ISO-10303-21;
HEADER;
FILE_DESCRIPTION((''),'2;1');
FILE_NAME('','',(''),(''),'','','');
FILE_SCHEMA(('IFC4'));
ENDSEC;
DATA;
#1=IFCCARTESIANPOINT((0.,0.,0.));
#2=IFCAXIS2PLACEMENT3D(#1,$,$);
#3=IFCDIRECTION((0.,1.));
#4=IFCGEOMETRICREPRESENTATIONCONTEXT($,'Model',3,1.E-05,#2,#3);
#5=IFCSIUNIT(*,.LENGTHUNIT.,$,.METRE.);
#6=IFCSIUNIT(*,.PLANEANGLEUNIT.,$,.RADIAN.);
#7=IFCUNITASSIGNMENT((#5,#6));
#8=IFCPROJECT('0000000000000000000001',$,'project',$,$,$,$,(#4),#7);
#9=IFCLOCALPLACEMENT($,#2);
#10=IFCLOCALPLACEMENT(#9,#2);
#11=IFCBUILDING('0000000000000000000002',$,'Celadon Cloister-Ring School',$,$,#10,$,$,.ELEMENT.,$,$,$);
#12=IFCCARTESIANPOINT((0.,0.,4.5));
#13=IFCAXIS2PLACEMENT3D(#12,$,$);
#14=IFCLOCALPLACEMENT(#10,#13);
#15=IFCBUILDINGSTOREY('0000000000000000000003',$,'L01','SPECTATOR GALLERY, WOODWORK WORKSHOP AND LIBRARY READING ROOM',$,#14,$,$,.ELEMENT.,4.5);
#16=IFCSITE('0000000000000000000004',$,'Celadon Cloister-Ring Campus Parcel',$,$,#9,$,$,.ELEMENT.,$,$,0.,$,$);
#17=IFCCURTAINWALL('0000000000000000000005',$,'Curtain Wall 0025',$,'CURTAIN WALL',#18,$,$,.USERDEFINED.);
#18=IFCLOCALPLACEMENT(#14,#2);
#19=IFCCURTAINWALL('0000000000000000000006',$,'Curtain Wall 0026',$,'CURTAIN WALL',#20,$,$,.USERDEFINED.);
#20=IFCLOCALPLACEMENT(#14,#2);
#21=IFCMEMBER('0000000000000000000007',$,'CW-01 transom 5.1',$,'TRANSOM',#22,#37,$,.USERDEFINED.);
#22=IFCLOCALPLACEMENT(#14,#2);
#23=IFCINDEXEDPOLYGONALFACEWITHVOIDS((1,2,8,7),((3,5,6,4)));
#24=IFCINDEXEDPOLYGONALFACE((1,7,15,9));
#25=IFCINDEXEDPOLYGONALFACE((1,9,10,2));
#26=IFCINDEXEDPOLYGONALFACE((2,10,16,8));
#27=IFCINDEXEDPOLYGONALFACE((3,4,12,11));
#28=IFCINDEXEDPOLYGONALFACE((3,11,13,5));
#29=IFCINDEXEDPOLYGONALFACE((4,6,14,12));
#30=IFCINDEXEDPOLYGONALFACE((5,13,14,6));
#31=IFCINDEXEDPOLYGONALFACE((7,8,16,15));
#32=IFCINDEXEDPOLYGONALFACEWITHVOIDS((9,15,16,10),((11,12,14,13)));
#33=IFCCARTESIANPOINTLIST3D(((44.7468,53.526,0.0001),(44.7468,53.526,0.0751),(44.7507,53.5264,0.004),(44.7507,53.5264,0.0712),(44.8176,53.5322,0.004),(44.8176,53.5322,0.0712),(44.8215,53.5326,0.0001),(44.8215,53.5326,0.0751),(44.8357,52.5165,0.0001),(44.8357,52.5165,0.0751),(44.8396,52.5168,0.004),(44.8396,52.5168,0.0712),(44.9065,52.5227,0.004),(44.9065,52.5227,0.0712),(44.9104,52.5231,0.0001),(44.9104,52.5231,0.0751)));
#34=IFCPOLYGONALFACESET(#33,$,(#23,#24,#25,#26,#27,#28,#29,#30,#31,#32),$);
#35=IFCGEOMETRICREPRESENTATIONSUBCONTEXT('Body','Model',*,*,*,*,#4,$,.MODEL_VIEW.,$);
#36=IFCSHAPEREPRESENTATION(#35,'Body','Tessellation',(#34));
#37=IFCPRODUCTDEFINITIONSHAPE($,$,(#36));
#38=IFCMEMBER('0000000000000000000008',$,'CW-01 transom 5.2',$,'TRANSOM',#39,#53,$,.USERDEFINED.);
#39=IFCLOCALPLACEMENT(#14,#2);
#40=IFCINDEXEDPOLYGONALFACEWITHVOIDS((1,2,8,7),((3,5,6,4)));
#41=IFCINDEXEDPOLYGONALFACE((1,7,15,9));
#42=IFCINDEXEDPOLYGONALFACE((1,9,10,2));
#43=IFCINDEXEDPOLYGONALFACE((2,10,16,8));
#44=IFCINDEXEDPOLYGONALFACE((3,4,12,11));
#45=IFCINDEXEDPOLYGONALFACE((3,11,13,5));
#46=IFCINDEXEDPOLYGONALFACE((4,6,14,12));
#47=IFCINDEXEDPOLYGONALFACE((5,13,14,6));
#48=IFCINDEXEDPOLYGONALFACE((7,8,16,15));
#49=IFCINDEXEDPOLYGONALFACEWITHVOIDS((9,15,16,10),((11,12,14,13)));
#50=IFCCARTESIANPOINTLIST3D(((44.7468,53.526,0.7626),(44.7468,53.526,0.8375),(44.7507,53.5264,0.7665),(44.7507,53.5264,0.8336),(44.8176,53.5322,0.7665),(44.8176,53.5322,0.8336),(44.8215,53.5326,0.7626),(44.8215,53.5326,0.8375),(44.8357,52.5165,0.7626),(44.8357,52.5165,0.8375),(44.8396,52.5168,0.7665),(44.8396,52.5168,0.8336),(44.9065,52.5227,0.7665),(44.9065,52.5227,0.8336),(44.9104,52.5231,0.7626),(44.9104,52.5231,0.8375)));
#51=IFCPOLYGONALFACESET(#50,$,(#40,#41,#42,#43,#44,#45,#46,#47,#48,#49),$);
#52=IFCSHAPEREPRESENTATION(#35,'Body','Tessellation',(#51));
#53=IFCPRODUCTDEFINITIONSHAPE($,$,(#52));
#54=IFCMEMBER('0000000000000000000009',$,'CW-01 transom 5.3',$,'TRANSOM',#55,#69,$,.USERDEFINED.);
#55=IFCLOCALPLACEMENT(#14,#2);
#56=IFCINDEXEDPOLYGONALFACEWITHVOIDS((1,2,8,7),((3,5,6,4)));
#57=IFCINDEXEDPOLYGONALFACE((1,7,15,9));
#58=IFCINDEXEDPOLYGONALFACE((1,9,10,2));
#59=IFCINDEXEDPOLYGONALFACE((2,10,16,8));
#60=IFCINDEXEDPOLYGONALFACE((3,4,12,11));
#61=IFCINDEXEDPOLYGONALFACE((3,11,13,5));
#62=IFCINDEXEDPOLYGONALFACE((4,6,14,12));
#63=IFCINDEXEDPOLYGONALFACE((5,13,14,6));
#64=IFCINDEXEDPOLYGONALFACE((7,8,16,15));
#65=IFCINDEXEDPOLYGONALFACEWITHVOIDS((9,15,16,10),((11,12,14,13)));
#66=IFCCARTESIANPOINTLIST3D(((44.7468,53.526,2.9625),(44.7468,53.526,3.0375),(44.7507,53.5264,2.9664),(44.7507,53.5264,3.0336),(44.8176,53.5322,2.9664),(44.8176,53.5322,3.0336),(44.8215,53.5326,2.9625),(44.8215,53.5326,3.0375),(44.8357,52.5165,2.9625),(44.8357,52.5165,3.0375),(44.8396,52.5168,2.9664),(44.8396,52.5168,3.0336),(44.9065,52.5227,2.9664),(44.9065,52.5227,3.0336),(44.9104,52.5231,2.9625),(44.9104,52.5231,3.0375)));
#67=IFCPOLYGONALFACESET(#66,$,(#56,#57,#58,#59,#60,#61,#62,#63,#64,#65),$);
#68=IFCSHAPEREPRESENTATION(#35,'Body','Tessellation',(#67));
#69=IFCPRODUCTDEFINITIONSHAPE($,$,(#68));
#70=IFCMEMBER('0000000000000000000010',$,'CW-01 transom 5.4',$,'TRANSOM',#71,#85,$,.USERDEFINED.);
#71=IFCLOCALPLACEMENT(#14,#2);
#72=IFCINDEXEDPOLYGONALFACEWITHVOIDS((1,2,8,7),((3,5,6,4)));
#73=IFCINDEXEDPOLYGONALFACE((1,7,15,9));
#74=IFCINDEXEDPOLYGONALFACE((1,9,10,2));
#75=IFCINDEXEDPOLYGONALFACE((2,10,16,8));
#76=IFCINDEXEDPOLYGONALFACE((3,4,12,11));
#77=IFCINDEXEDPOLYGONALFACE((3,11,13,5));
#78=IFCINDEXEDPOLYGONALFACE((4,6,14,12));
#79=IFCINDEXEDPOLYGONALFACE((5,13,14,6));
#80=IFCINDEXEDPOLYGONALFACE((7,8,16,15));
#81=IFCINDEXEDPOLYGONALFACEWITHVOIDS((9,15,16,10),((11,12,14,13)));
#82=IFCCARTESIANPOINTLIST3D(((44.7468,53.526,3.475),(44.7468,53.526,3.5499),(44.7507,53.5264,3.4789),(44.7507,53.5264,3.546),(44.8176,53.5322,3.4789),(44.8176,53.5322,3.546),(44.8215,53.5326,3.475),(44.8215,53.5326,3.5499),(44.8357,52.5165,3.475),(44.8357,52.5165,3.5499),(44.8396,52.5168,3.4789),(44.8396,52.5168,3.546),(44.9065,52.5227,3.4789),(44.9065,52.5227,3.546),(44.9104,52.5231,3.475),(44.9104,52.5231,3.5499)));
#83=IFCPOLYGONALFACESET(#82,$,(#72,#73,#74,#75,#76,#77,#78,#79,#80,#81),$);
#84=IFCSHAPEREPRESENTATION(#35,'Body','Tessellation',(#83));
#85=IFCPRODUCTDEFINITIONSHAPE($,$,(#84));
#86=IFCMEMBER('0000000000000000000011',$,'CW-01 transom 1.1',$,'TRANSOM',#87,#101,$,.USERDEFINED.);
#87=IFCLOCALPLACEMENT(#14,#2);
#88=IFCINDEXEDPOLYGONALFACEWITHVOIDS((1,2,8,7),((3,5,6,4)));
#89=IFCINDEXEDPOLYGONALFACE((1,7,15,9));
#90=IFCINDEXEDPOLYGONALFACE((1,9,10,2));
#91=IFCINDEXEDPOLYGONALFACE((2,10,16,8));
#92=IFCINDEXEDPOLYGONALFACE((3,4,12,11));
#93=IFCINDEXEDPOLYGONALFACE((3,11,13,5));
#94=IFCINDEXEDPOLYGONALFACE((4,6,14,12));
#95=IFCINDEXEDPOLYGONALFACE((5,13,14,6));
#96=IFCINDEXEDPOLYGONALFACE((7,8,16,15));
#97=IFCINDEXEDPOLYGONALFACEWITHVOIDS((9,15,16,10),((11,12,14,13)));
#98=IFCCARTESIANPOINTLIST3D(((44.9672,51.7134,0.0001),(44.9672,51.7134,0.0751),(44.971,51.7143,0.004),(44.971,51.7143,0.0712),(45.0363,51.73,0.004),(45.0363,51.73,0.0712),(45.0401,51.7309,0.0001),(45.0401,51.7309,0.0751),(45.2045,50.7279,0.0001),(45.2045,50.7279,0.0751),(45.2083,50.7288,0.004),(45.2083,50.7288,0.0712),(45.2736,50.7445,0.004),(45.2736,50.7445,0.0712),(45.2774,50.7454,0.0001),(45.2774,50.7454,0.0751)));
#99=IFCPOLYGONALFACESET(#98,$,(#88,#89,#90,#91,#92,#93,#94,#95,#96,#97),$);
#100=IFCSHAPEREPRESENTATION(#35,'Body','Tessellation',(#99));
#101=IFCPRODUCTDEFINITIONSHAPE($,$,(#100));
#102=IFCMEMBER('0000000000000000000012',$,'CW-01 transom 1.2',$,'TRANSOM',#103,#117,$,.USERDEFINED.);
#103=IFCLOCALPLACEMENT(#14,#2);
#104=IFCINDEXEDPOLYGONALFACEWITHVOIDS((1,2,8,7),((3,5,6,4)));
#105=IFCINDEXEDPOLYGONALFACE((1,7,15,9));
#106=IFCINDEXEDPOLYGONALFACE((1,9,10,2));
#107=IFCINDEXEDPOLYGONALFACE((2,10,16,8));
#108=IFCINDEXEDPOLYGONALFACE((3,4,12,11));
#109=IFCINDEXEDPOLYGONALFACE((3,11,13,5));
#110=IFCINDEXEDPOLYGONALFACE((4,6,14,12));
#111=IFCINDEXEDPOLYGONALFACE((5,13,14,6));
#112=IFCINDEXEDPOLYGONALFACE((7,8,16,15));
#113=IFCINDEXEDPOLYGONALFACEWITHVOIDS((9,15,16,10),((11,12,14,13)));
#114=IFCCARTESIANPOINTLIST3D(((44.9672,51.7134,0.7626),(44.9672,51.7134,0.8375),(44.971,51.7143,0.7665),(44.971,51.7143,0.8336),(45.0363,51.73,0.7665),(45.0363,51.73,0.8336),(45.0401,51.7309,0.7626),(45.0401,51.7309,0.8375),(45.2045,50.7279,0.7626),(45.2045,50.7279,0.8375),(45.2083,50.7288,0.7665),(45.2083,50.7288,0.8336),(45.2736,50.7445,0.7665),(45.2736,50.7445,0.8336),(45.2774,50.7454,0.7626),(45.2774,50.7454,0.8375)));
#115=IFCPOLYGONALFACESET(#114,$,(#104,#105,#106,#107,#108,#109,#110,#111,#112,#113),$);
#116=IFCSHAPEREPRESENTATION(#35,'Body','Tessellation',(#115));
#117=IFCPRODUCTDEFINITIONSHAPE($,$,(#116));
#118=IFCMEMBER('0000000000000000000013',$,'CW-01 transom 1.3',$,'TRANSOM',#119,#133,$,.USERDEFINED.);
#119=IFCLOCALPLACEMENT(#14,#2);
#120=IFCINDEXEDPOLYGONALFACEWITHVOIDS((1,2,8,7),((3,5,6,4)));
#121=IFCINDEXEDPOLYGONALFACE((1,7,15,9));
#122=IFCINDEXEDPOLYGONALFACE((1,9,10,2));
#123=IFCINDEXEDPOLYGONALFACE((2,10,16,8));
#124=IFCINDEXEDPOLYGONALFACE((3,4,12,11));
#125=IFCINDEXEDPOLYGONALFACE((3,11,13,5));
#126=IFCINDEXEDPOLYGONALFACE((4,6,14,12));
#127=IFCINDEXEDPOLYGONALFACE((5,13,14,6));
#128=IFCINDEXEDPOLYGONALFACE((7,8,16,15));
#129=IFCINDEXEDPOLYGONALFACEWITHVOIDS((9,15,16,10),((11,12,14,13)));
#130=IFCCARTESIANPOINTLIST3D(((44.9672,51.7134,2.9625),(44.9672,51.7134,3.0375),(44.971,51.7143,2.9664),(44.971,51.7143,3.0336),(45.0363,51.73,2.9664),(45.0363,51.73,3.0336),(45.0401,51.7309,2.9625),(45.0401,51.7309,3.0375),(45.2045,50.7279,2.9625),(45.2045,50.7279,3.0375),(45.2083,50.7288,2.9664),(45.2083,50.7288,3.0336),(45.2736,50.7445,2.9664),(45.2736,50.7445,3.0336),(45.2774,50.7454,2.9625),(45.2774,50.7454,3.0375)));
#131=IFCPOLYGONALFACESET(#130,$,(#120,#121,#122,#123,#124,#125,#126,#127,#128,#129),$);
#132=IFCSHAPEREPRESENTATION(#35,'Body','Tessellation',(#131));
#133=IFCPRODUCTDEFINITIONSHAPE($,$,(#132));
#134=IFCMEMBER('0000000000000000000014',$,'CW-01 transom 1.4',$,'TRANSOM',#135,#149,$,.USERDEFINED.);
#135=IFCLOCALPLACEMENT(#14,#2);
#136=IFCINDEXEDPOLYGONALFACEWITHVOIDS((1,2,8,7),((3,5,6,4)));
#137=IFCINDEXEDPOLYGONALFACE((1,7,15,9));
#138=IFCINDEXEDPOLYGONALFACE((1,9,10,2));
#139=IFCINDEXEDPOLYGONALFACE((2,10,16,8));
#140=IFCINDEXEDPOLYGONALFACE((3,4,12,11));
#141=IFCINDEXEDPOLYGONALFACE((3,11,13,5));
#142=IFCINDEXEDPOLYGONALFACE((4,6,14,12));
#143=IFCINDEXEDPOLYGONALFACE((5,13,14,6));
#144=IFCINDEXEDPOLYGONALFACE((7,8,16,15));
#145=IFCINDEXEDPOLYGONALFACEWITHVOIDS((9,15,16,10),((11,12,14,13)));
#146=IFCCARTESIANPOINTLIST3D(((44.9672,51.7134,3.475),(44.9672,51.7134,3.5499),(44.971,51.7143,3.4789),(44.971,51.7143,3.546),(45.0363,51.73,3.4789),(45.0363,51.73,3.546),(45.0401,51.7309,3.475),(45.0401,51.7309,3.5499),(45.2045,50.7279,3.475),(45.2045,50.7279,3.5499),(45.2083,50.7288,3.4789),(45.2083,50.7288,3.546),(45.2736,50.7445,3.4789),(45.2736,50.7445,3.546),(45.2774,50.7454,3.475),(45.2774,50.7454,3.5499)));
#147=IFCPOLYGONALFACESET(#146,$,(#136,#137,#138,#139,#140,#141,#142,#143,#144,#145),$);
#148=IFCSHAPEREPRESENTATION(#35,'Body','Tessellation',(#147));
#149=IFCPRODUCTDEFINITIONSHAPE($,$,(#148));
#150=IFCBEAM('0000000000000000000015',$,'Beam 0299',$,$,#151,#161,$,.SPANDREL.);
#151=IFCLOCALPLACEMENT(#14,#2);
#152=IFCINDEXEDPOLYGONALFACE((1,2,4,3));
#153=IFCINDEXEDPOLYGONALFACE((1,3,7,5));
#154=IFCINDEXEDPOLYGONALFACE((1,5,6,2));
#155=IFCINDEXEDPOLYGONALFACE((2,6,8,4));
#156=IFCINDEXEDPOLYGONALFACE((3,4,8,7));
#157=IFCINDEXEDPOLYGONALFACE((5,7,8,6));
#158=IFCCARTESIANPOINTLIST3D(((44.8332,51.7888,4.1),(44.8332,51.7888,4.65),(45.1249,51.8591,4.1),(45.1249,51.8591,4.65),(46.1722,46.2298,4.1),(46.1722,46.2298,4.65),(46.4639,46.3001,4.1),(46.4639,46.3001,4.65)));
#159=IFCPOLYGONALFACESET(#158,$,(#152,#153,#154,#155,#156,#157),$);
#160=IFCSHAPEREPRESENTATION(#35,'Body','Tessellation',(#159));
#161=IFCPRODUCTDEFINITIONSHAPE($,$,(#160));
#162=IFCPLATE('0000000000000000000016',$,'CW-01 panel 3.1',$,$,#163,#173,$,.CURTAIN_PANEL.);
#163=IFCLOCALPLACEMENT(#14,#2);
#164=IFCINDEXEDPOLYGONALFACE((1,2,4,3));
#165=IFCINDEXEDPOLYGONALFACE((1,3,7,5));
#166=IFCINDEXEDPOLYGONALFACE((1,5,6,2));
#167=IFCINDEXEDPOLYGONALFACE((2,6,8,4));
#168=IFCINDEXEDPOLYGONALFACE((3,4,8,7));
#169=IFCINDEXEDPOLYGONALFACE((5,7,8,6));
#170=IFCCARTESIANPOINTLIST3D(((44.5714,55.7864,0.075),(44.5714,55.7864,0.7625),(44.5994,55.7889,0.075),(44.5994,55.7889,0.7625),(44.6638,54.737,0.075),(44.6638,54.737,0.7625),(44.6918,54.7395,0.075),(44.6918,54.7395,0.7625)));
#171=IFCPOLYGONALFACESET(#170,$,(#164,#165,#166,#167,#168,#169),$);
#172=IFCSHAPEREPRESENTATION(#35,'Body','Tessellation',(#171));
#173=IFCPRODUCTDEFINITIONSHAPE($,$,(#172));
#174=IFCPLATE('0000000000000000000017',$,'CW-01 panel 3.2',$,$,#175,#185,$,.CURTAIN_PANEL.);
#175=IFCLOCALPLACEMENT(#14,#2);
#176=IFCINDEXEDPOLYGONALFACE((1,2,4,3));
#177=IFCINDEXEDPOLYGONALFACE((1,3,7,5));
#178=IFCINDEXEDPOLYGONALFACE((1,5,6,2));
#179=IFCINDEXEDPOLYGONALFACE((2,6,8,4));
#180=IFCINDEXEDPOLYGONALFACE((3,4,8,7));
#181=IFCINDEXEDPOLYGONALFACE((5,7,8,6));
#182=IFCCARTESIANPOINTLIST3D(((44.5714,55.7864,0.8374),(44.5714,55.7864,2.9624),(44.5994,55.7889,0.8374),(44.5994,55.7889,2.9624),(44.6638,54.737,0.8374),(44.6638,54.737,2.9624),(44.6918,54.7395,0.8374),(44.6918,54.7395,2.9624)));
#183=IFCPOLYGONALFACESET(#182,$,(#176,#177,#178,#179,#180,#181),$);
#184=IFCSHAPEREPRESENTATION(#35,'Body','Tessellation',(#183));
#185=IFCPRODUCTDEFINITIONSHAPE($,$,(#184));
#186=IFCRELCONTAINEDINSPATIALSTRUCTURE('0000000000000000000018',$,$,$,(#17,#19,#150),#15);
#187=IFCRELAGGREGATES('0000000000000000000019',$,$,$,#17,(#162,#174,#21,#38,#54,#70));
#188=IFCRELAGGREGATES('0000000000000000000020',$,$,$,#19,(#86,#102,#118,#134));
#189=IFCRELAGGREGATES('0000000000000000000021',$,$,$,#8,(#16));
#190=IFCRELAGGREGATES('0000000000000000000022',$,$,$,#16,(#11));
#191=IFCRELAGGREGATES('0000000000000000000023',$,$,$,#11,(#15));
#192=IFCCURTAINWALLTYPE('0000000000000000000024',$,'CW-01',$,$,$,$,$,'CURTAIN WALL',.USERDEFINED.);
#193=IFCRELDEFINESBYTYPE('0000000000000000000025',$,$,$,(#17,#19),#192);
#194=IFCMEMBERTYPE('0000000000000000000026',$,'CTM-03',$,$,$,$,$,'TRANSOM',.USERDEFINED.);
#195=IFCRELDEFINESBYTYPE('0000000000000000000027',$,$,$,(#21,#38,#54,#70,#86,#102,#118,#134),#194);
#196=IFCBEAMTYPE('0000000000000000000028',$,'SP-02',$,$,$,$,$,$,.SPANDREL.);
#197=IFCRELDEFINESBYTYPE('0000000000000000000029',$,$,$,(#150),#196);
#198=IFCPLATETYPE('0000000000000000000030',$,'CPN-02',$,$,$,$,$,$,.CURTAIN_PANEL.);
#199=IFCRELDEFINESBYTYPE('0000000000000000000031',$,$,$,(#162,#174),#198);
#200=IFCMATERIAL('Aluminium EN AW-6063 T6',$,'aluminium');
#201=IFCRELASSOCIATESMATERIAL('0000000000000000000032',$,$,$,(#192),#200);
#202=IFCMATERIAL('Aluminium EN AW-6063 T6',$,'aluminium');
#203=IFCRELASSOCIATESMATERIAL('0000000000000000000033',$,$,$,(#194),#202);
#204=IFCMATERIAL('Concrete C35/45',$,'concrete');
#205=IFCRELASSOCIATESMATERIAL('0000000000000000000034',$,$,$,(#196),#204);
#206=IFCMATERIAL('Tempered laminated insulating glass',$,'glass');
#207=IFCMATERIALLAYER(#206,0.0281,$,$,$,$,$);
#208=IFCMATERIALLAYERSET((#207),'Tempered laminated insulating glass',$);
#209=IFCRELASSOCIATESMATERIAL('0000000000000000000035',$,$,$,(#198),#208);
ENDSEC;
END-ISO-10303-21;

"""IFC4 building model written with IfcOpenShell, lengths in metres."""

from ifc_helpers import new_model, si_unit, direction, frame, origin, origin_2d, place, context, subcontext, project, spatial, rectangle, hollow_rectangle, extrude, material, layer, layer_set, material_profile, profile_set, type_object, element, aggregate, save


model = new_model("IFC4")

# Units and contexts
model_context = context("Model", 3, precision=1e-05, world=origin(), true_north=direction((0.0, 1.0)))
body_context = subcontext(model_context, "Body", "Model", "MODEL_VIEW")
ifc_project = project(units=[si_unit("LENGTHUNIT", "METRE"), si_unit("PLANEANGLEUNIT", "RADIAN")], contexts=[model_context])

# Site, building, storey
site_placement = place(None, origin())
site = spatial("IfcSite", under=ifc_project, at=site_placement, Name="Celadon Cloister-Ring Campus Parcel", CompositionType="ELEMENT", RefElevation=0.0)
building_placement = place(site_placement, origin())
building = spatial("IfcBuilding", under=site, at=building_placement, Name="Celadon Cloister-Ring School", CompositionType="ELEMENT")
storey_placement = place(building_placement, frame((0.0, 0.0, 4.5)))
storey = spatial("IfcBuildingStorey", under=building, at=storey_placement, Name="L01", Description="SPECTATOR GALLERY, WOODWORK WORKSHOP AND LIBRARY READING ROOM", CompositionType="ELEMENT", Elevation=4.5)

# Curtain wall
ifc_material_1 = material(Name="Aluminium EN AW-6063 T6", Category="aluminium")
curtain_wall_type = type_object("IfcCurtainWallType", Name="CW-01", ElementType="CURTAIN WALL", PredefinedType="USERDEFINED", material=ifc_material_1)
curtain_wall_1_placement = place(storey_placement, origin())
curtain_wall_1 = element("IfcCurtainWall", 1, at=curtain_wall_1_placement, inside=storey, type_object=curtain_wall_type, Name="Curtain Wall 0025", ObjectType="CURTAIN WALL", PredefinedType="USERDEFINED")

# Curtain wall
curtain_wall_2_placement = place(storey_placement, origin())
curtain_wall_2 = element("IfcCurtainWall", 2, at=curtain_wall_2_placement, inside=storey, type_object=curtain_wall_type, Name="Curtain Wall 0026", ObjectType="CURTAIN WALL", PredefinedType="USERDEFINED")

# Members
ifc_material_2 = material(Name="Aluminium EN AW-6063 T6", Category="aluminium")
ifc_material_profile_1 = material_profile(ifc_material_2, hollow_rectangle(XDim=0.075, YDim=0.075, WallThickness=0.0039, at=origin_2d()), Name="RHS75X75X4")
ifc_profile_set_1 = profile_set([ifc_material_profile_1], Name="Aluminium EN AW-6063 T6")
member_type_1 = type_object("IfcMemberType", Name="CTM-03", ElementType="TRANSOM", PredefinedType="USERDEFINED", material=ifc_profile_set_1)
member_1_placement = place(storey_placement, frame((44.7842, 53.5293, 0.0376), z_axis=(0.08769, -0.996148, 0.0), x_axis=(0.996148, 0.08769, 0.0)))
member_1 = element("IfcMember", 3, at=member_1_placement, type_object=member_type_1, Name="CW-01 transom 5.1", ObjectType="TRANSOM", PredefinedType="USERDEFINED", context=body_context, shape_type="SweptSolid", body=[
    extrude(hollow_rectangle(XDim=0.075, YDim=0.075, WallThickness=0.0039, at=origin_2d()), origin(), (0.0, 0.0, 1.0), 1.0134),
])
member_2_placement = place(storey_placement, frame((44.7842, 53.5293, 0.8), z_axis=(0.08769, -0.996148, 0.0), x_axis=(0.996148, 0.08769, 0.0)))
member_2 = element("IfcMember", 4, at=member_2_placement, type_object=member_type_1, Name="CW-01 transom 5.2", ObjectType="TRANSOM", PredefinedType="USERDEFINED", context=body_context, shape_type="SweptSolid", body=[
    extrude(hollow_rectangle(XDim=0.075, YDim=0.075, WallThickness=0.0039, at=origin_2d()), origin(), (0.0, 0.0, 1.0), 1.0134),
])
member_3_placement = place(storey_placement, frame((44.7842, 53.5293, 3.0), z_axis=(0.08769, -0.996148, 0.0), x_axis=(0.996148, 0.08769, 0.0)))
member_3 = element("IfcMember", 5, at=member_3_placement, type_object=member_type_1, Name="CW-01 transom 5.3", ObjectType="TRANSOM", PredefinedType="USERDEFINED", context=body_context, shape_type="SweptSolid", body=[
    extrude(hollow_rectangle(XDim=0.075, YDim=0.075, WallThickness=0.0039, at=origin_2d()), origin(), (0.0, 0.0, 1.0), 1.0134),
])
member_4_placement = place(storey_placement, frame((44.7842, 53.5293, 3.5125), z_axis=(0.08769, -0.996148, 0.0), x_axis=(0.996148, 0.08769, 0.0)))
member_4 = element("IfcMember", 6, at=member_4_placement, type_object=member_type_1, Name="CW-01 transom 5.4", ObjectType="TRANSOM", PredefinedType="USERDEFINED", context=body_context, shape_type="SweptSolid", body=[
    extrude(hollow_rectangle(XDim=0.075, YDim=0.075, WallThickness=0.0039, at=origin_2d()), origin(), (0.0, 0.0, 1.0), 1.0134),
])
member_5_placement = place(storey_placement, frame((45.0037, 51.7222, 0.0376), z_axis=(0.234083, -0.972217, 0.0), x_axis=(0.972217, 0.234083, 0.0)))
member_5 = element("IfcMember", 7, at=member_5_placement, type_object=member_type_1, Name="CW-01 transom 1.1", ObjectType="TRANSOM", PredefinedType="USERDEFINED", context=body_context, shape_type="SweptSolid", body=[
    extrude(hollow_rectangle(XDim=0.075, YDim=0.075, WallThickness=0.0039, at=origin_2d()), origin(), (0.0, 0.0, 1.0), 1.0137),
])
member_6_placement = place(storey_placement, frame((45.0037, 51.7222, 0.8), z_axis=(0.234083, -0.972217, 0.0), x_axis=(0.972217, 0.234083, 0.0)))
member_6 = element("IfcMember", 8, at=member_6_placement, type_object=member_type_1, Name="CW-01 transom 1.2", ObjectType="TRANSOM", PredefinedType="USERDEFINED", context=body_context, shape_type="SweptSolid", body=[
    extrude(hollow_rectangle(XDim=0.075, YDim=0.075, WallThickness=0.0039, at=origin_2d()), origin(), (0.0, 0.0, 1.0), 1.0137),
])
member_7_placement = place(storey_placement, frame((45.0037, 51.7222, 3.0), z_axis=(0.234083, -0.972217, 0.0), x_axis=(0.972217, 0.234083, 0.0)))
member_7 = element("IfcMember", 9, at=member_7_placement, type_object=member_type_1, Name="CW-01 transom 1.3", ObjectType="TRANSOM", PredefinedType="USERDEFINED", context=body_context, shape_type="SweptSolid", body=[
    extrude(hollow_rectangle(XDim=0.075, YDim=0.075, WallThickness=0.0039, at=origin_2d()), origin(), (0.0, 0.0, 1.0), 1.0137),
])
member_8_placement = place(storey_placement, frame((45.0037, 51.7222, 3.5125), z_axis=(0.234083, -0.972217, 0.0), x_axis=(0.972217, 0.234083, 0.0)))
member_8 = element("IfcMember", 10, at=member_8_placement, type_object=member_type_1, Name="CW-01 transom 1.4", ObjectType="TRANSOM", PredefinedType="USERDEFINED", context=body_context, shape_type="SweptSolid", body=[
    extrude(hollow_rectangle(XDim=0.075, YDim=0.075, WallThickness=0.0039, at=origin_2d()), origin(), (0.0, 0.0, 1.0), 1.0137),
])

# Beam
ifc_material_3 = material(Name="Concrete C35/45", Category="concrete")
ifc_material_profile_2 = material_profile(ifc_material_3, rectangle(XDim=0.3, YDim=0.55, at=origin_2d()), Name="RC300X550")
ifc_profile_set_2 = profile_set([ifc_material_profile_2], Name="Concrete C35/45")
beam_type = type_object("IfcBeamType", Name="SP-02", PredefinedType="SPANDREL", material=ifc_profile_set_2)
beam_placement = place(storey_placement, frame((44.979, 51.824, 4.375), z_axis=(0.234188, -0.972191, 0.0), x_axis=(0.972191, 0.234188, 0.0)))
element("IfcBeam", 11, at=beam_placement, inside=storey, type_object=beam_type, Name="Beam 0299", PredefinedType="SPANDREL", context=body_context, shape_type="SweptSolid", body=[
    extrude(rectangle(XDim=0.3, YDim=0.55, at=origin_2d()), origin(), (0.0, 0.0, 1.0), 5.718),
])

# Plates
ifc_material_4 = material(Name="Tempered laminated insulating glass", Category="glass")
ifc_layer = layer(ifc_material_4, 0.0281)
ifc_layer_set = layer_set([ifc_layer], Name="Tempered laminated insulating glass")
plate_type = type_object("IfcPlateType", Name="CPN-02", PredefinedType="CURTAIN_PANEL", material=ifc_layer_set)
plate_1_placement = place(storey_placement, frame((44.6316, 55.2629, 0.075), z_axis=(0.0, 0.0, 1.0), x_axis=(0.087688, -0.996148, 0.0)))
plate_1 = element("IfcPlate", 12, at=plate_1_placement, type_object=plate_type, Name="CW-01 panel 3.1", PredefinedType="CURTAIN_PANEL", context=body_context, shape_type="SweptSolid", body=[
    extrude(rectangle(XDim=1.0535, YDim=0.0281, at=origin_2d()), origin(), (0.0, 0.0, 1.0), 0.6875),
])
plate_2_placement = place(storey_placement, frame((44.6316, 55.2629, 0.8374), z_axis=(0.0, 0.0, 1.0), x_axis=(0.087688, -0.996148, 0.0)))
plate_2 = element("IfcPlate", 13, at=plate_2_placement, type_object=plate_type, Name="CW-01 panel 3.2", PredefinedType="CURTAIN_PANEL", context=body_context, shape_type="SweptSolid", body=[
    extrude(rectangle(XDim=1.0535, YDim=0.0281, at=origin_2d()), origin(), (0.0, 0.0, 1.0), 2.125),
])
aggregate(curtain_wall_1, [plate_1, plate_2, member_1, member_2, member_3, member_4])
aggregate(curtain_wall_2, [member_5, member_6, member_7, member_8])

save(model, "model.ifc")
